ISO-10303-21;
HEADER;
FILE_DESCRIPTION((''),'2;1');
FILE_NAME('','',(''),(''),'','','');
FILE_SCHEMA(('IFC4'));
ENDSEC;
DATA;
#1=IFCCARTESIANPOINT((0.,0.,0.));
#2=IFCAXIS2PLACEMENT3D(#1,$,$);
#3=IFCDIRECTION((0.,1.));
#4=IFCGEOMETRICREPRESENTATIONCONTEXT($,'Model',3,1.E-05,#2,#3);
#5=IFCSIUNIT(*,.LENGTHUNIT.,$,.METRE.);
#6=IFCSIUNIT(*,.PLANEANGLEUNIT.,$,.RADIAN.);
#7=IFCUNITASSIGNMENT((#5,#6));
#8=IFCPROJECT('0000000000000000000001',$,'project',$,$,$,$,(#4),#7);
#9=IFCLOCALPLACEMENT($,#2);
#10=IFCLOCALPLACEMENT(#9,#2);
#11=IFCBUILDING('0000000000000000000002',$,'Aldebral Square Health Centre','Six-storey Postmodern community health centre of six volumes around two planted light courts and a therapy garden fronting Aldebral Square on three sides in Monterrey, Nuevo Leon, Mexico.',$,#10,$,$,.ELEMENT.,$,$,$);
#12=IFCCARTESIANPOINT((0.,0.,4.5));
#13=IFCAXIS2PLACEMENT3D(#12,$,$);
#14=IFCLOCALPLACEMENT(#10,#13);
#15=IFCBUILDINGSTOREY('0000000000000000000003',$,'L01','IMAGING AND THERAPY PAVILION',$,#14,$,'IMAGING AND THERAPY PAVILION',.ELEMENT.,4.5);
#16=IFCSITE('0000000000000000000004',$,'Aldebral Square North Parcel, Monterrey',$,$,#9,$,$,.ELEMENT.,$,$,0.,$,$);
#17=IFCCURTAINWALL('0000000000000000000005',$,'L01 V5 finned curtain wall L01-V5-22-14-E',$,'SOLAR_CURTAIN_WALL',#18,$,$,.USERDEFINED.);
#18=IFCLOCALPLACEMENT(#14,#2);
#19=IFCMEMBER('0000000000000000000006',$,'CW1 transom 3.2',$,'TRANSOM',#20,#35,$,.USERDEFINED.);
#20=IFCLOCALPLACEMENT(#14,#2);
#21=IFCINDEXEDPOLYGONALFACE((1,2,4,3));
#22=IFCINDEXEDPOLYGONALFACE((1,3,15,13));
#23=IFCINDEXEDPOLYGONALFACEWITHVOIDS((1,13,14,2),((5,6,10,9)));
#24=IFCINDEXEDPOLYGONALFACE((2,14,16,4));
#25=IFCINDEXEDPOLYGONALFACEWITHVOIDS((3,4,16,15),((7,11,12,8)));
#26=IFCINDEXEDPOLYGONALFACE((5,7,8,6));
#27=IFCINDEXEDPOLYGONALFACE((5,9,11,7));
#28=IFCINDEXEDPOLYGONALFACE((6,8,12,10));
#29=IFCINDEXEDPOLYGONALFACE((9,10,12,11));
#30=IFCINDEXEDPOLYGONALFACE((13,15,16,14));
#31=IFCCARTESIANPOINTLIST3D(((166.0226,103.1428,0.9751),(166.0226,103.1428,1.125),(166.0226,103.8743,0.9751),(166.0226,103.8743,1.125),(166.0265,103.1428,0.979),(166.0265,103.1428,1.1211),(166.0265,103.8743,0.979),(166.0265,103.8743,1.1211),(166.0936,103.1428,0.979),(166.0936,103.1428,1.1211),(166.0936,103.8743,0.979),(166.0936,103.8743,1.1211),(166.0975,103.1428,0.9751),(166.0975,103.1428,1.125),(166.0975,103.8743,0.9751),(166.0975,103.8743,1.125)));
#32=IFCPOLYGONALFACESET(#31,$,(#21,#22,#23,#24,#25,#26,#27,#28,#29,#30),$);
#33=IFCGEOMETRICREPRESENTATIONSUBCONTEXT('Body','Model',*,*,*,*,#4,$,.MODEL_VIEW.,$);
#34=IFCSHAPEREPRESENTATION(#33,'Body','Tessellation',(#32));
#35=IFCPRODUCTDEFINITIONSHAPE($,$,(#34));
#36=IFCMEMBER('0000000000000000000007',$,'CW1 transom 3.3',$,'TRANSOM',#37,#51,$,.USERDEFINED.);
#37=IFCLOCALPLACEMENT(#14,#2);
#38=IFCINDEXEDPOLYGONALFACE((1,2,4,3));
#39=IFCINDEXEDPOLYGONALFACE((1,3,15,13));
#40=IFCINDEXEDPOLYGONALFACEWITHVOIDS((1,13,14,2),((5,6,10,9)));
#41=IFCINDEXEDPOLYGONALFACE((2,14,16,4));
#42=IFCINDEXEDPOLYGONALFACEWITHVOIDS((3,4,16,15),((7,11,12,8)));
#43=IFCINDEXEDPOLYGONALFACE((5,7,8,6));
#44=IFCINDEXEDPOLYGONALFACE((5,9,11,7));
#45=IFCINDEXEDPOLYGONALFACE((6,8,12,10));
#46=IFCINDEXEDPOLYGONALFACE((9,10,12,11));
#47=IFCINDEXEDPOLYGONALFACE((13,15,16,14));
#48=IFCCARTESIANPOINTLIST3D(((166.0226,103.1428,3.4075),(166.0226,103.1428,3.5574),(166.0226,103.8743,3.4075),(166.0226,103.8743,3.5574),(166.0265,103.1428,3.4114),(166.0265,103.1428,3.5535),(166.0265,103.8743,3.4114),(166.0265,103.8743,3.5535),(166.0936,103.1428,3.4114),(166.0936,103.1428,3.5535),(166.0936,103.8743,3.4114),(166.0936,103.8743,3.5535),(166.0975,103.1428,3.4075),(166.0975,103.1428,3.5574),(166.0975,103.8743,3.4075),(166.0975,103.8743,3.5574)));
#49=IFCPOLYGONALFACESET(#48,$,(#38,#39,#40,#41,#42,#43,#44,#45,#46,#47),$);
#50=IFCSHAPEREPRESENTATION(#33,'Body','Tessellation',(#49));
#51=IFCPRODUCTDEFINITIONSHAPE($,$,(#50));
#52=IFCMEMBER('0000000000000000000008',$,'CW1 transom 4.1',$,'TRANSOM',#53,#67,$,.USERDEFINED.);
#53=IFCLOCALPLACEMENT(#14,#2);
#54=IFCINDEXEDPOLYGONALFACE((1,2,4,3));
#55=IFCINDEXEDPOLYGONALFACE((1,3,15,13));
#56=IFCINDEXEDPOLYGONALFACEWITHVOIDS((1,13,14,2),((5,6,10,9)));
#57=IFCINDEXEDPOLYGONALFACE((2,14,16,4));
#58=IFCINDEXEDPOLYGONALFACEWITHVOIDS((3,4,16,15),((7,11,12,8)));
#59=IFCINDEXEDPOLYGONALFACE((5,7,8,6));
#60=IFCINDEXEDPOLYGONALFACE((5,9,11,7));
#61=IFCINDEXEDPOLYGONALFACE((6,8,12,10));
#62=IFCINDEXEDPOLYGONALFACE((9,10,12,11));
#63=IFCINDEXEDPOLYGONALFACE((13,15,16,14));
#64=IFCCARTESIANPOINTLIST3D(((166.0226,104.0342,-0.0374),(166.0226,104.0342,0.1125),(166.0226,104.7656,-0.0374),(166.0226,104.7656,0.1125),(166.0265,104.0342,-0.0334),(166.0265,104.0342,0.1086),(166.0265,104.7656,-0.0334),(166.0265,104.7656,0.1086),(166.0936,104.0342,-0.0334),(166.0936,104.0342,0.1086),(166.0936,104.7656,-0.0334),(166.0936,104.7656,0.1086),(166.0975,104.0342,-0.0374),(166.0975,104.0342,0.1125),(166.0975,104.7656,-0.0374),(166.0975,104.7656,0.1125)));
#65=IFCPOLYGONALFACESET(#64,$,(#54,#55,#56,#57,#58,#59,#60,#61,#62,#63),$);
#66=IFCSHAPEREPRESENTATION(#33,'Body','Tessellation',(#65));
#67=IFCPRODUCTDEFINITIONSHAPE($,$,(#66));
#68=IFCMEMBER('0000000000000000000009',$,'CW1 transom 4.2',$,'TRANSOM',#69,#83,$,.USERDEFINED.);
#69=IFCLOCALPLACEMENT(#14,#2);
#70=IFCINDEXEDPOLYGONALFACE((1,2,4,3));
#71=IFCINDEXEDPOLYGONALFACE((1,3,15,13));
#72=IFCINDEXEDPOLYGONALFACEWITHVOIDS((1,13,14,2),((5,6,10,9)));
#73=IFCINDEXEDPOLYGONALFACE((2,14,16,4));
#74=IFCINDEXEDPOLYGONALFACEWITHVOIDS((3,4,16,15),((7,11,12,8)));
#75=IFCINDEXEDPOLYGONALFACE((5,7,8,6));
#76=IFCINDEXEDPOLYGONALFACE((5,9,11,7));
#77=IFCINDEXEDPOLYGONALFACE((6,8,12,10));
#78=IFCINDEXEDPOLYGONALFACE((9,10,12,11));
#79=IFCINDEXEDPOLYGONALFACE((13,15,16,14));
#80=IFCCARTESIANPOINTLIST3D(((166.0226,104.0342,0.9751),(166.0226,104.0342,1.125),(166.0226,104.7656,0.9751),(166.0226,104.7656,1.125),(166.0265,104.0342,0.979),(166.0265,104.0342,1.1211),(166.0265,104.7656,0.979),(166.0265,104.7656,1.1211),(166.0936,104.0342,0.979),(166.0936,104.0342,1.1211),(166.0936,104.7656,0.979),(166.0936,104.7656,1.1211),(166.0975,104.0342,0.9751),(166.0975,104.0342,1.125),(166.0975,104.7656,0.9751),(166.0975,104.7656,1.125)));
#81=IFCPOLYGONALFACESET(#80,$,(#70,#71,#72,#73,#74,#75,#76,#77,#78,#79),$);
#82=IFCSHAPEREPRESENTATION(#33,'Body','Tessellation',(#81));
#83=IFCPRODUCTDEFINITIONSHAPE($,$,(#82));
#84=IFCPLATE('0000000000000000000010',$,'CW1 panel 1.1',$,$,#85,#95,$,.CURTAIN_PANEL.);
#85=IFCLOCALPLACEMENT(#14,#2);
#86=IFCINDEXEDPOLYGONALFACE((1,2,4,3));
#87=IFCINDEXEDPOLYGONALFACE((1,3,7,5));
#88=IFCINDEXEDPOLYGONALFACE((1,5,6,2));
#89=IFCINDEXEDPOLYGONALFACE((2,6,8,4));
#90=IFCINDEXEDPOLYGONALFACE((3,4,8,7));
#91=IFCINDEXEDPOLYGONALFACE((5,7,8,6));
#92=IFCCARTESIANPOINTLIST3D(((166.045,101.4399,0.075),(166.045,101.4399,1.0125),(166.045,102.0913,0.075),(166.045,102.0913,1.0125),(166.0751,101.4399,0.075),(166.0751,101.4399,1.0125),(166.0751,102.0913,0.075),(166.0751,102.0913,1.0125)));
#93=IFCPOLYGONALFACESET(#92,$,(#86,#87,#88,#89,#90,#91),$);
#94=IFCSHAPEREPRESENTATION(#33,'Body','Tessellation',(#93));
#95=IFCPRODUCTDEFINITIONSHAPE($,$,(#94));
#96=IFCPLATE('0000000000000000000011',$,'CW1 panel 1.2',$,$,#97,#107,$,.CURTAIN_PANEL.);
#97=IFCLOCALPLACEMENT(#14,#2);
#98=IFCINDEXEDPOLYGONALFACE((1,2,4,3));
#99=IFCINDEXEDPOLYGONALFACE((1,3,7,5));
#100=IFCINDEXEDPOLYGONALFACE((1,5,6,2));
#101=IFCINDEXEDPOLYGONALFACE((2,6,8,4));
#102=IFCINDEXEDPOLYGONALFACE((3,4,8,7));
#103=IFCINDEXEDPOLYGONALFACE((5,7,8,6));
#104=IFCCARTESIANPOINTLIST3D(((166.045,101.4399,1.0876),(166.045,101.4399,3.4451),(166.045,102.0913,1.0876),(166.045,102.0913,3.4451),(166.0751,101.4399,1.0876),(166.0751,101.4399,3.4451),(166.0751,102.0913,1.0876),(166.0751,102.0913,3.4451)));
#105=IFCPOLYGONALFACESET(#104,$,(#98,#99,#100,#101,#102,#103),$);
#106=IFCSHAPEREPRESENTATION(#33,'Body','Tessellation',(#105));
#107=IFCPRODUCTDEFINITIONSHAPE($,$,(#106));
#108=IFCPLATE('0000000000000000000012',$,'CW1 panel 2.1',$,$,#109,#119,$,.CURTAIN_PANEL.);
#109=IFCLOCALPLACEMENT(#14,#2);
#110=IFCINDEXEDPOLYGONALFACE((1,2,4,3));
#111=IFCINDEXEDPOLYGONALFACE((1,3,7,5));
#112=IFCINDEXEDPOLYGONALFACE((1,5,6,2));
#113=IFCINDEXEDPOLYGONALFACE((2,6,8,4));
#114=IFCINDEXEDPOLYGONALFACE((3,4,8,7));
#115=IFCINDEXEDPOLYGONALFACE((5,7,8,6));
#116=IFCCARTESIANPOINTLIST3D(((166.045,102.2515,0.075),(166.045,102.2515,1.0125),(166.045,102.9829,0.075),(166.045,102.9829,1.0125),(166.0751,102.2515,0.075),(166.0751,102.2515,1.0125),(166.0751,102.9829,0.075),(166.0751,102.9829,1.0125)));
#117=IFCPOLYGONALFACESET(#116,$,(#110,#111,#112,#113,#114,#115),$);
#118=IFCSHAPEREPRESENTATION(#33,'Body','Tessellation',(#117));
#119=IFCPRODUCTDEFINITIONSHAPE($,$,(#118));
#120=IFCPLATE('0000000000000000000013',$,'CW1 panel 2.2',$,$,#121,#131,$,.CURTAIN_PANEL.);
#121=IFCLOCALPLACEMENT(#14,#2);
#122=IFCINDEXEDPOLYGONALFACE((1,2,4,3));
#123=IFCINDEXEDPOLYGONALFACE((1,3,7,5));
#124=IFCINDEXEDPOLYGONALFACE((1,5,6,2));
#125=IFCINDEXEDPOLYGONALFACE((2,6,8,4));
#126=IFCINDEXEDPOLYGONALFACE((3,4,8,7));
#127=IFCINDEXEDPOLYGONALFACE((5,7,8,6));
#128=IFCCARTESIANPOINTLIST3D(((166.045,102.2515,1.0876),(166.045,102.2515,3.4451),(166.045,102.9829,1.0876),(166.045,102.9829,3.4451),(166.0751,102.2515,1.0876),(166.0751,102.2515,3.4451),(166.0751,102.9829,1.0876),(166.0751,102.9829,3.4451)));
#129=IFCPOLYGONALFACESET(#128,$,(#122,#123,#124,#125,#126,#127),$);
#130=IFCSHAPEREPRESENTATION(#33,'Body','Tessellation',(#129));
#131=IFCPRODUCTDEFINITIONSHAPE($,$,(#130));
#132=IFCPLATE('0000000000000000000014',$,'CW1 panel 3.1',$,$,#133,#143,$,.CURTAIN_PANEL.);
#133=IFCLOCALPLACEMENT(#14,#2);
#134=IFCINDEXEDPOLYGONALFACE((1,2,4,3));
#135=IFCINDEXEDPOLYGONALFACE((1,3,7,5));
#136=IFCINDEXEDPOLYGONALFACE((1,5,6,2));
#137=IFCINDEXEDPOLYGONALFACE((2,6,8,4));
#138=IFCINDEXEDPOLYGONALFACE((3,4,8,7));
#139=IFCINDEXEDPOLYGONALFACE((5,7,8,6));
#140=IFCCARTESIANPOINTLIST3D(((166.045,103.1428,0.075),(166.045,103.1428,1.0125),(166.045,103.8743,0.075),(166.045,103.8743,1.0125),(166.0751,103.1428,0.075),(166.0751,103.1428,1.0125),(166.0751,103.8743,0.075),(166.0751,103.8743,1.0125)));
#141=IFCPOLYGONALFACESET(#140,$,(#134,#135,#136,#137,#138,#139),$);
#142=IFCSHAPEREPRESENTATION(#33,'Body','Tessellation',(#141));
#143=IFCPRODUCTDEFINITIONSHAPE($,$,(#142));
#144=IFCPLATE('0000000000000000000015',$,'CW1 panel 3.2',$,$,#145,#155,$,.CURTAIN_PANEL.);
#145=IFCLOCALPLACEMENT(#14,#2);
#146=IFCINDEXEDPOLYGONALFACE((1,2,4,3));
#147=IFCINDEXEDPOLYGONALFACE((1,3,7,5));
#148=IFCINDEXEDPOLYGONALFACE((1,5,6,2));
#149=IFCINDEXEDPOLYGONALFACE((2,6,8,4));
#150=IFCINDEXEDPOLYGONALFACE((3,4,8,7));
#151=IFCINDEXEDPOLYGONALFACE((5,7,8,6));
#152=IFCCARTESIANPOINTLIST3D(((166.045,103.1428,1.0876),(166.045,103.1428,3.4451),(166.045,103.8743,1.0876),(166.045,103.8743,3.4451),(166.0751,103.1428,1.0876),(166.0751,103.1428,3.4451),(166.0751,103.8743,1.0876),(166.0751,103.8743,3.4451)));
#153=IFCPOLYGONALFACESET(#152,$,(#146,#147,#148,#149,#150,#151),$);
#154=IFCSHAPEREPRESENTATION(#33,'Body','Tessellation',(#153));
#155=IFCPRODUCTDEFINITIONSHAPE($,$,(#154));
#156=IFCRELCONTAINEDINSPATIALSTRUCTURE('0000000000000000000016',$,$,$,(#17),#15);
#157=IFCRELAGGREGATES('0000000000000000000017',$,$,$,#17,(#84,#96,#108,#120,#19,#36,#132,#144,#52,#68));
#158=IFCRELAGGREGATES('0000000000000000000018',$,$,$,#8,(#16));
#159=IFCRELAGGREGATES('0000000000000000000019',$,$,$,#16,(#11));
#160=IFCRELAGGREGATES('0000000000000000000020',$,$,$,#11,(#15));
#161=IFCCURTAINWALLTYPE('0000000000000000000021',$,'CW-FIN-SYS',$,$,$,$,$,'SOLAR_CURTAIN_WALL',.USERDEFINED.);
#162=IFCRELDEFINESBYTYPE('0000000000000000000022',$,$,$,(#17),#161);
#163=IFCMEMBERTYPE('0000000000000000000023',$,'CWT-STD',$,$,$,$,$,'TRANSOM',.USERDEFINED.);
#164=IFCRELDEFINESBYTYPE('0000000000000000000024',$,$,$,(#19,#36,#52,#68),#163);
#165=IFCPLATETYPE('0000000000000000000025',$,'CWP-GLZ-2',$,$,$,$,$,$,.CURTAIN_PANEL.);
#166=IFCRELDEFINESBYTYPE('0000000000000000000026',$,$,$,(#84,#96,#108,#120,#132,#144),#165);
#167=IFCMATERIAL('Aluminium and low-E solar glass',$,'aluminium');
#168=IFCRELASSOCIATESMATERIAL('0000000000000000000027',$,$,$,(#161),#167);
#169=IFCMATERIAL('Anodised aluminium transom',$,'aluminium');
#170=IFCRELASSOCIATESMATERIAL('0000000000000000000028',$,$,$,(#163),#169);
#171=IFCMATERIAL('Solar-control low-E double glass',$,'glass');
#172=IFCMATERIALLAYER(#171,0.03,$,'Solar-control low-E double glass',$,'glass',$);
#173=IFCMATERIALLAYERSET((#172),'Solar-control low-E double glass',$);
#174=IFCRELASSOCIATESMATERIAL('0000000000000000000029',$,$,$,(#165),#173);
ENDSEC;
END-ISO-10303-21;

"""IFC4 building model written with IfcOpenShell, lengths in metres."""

from ifc_helpers import new_model, si_unit, direction, frame, origin, origin_2d, place, context, subcontext, project, spatial, rectangle, hollow_rectangle, extrude, material, layer, layer_set, material_profile, profile_set, type_object, element, aggregate, save


model = new_model("IFC4")

# Units and contexts
model_context = context("Model", 3, precision=1e-05, world=origin(), true_north=direction((0.0, 1.0)))
body_context = subcontext(model_context, "Body", "Model", "MODEL_VIEW")
ifc_project = project(units=[si_unit("LENGTHUNIT", "METRE"), si_unit("PLANEANGLEUNIT", "RADIAN")], contexts=[model_context])

# Site, building, storey
site_placement = place(None, origin())
site = spatial("IfcSite", under=ifc_project, at=site_placement, Name="Aldebral Square North Parcel, Monterrey", CompositionType="ELEMENT", RefElevation=0.0)
building_placement = place(site_placement, origin())
building = spatial("IfcBuilding", under=site, at=building_placement, Name="Aldebral Square Health Centre", Description="Six-storey Postmodern community health centre of six volumes around two planted light courts and a therapy garden fronting Aldebral Square on three sides in Monterrey, Nuevo Leon, Mexico.", CompositionType="ELEMENT")
storey_placement = place(building_placement, frame((0.0, 0.0, 4.5)))
storey = spatial("IfcBuildingStorey", under=building, at=storey_placement, Name="L01", Description="IMAGING AND THERAPY PAVILION", LongName="IMAGING AND THERAPY PAVILION", CompositionType="ELEMENT", Elevation=4.5)

# Curtain wall, members, plates
ifc_material_1 = material(Name="Aluminium and low-E solar glass", Category="aluminium")
curtain_wall_type = type_object("IfcCurtainWallType", Name="CW-FIN-SYS", ElementType="SOLAR_CURTAIN_WALL", PredefinedType="USERDEFINED", material=ifc_material_1)
curtain_wall_placement = place(storey_placement, origin())
curtain_wall = element("IfcCurtainWall", 1, at=curtain_wall_placement, inside=storey, type_object=curtain_wall_type, Name="L01 V5 finned curtain wall L01-V5-22-14-E", ObjectType="SOLAR_CURTAIN_WALL", PredefinedType="USERDEFINED")
ifc_material_2 = material(Name="Anodised aluminium transom", Category="aluminium")
ifc_material_profile_1 = material_profile(ifc_material_2, hollow_rectangle(XDim=0.075, YDim=0.1499, WallThickness=0.0039, at=origin_2d()), Name="CWT 75x150x4")
ifc_profile_set_1 = profile_set([ifc_material_profile_1], Name="Anodised aluminium transom")
member_type_1 = type_object("IfcMemberType", Name="CWT-STD", ElementType="TRANSOM", PredefinedType="USERDEFINED", material=ifc_profile_set_1)
member_1_placement = place(storey_placement, frame((166.0601, 103.1428, 1.05), z_axis=(0.0, 1.0, 0.0), x_axis=(-1.0, 0.0, 0.0)))
member_1 = element("IfcMember", 2, at=member_1_placement, type_object=member_type_1, Name="CW1 transom 3.2", ObjectType="TRANSOM", PredefinedType="USERDEFINED", context=body_context, shape_type="SweptSolid", body=[
    extrude(hollow_rectangle(XDim=0.075, YDim=0.1499, WallThickness=0.0039, at=origin_2d()), origin(), (0.0, 0.0, 1.0), 0.7314),
])
member_2_placement = place(storey_placement, frame((166.0601, 103.1428, 3.4824), z_axis=(0.0, 1.0, 0.0), x_axis=(-1.0, 0.0, 0.0)))
member_2 = element("IfcMember", 3, at=member_2_placement, type_object=member_type_1, Name="CW1 transom 3.3", ObjectType="TRANSOM", PredefinedType="USERDEFINED", context=body_context, shape_type="SweptSolid", body=[
    extrude(hollow_rectangle(XDim=0.075, YDim=0.1499, WallThickness=0.0039, at=origin_2d()), origin(), (0.0, 0.0, 1.0), 0.7314),
])
member_3_placement = place(storey_placement, frame((166.0601, 104.0342, 0.0376), z_axis=(0.0, 1.0, 0.0), x_axis=(-1.0, 0.0, 0.0)))
member_3 = element("IfcMember", 4, at=member_3_placement, type_object=member_type_1, Name="CW1 transom 4.1", ObjectType="TRANSOM", PredefinedType="USERDEFINED", context=body_context, shape_type="SweptSolid", body=[
    extrude(hollow_rectangle(XDim=0.075, YDim=0.1499, WallThickness=0.0039, at=origin_2d()), origin(), (0.0, 0.0, 1.0), 0.7314),
])
member_4_placement = place(storey_placement, frame((166.0601, 104.0342, 1.05), z_axis=(0.0, 1.0, 0.0), x_axis=(-1.0, 0.0, 0.0)))
member_4 = element("IfcMember", 5, at=member_4_placement, type_object=member_type_1, Name="CW1 transom 4.2", ObjectType="TRANSOM", PredefinedType="USERDEFINED", context=body_context, shape_type="SweptSolid", body=[
    extrude(hollow_rectangle(XDim=0.075, YDim=0.1499, WallThickness=0.0039, at=origin_2d()), origin(), (0.0, 0.0, 1.0), 0.7314),
])
ifc_material_3 = material(Name="Solar-control low-E double glass", Category="glass")
ifc_layer = layer(ifc_material_3, 0.03, Name="Solar-control low-E double glass", Category="glass")
ifc_layer_set = layer_set([ifc_layer], Name="Solar-control low-E double glass")
plate_type = type_object("IfcPlateType", Name="CWP-GLZ-2", PredefinedType="CURTAIN_PANEL", material=ifc_layer_set)
plate_1_placement = place(storey_placement, frame((166.0601, 101.7656, 0.075), z_axis=(0.0, 0.0, 1.0), x_axis=(0.0, 1.0, 0.0)))
plate_1 = element("IfcPlate", 6, at=plate_1_placement, type_object=plate_type, Name="CW1 panel 1.1", PredefinedType="CURTAIN_PANEL", context=body_context, shape_type="SweptSolid", body=[
    extrude(rectangle(XDim=0.6514, YDim=0.03, at=origin_2d()), origin(), (0.0, 0.0, 1.0), 0.9375),
])
plate_2_placement = place(storey_placement, frame((166.0601, 101.7656, 1.0876), z_axis=(0.0, 0.0, 1.0), x_axis=(0.0, 1.0, 0.0)))
plate_2 = element("IfcPlate", 7, at=plate_2_placement, type_object=plate_type, Name="CW1 panel 1.2", PredefinedType="CURTAIN_PANEL", context=body_context, shape_type="SweptSolid", body=[
    extrude(rectangle(XDim=0.6514, YDim=0.03, at=origin_2d()), origin(), (0.0, 0.0, 1.0), 2.3574),
])
plate_3_placement = place(storey_placement, frame((166.0601, 102.6172, 0.075), z_axis=(0.0, 0.0, 1.0), x_axis=(0.0, 1.0, 0.0)))
plate_3 = element("IfcPlate", 8, at=plate_3_placement, type_object=plate_type, Name="CW1 panel 2.1", PredefinedType="CURTAIN_PANEL", context=body_context, shape_type="SweptSolid", body=[
    extrude(rectangle(XDim=0.7314, YDim=0.03, at=origin_2d()), origin(), (0.0, 0.0, 1.0), 0.9375),
])
plate_4_placement = place(storey_placement, frame((166.0601, 102.6172, 1.0876), z_axis=(0.0, 0.0, 1.0), x_axis=(0.0, 1.0, 0.0)))
plate_4 = element("IfcPlate", 9, at=plate_4_placement, type_object=plate_type, Name="CW1 panel 2.2", PredefinedType="CURTAIN_PANEL", context=body_context, shape_type="SweptSolid", body=[
    extrude(rectangle(XDim=0.7314, YDim=0.03, at=origin_2d()), origin(), (0.0, 0.0, 1.0), 2.3574),
])
plate_5_placement = place(storey_placement, frame((166.0601, 103.5085, 0.075), z_axis=(0.0, 0.0, 1.0), x_axis=(0.0, 1.0, 0.0)))
plate_5 = element("IfcPlate", 10, at=plate_5_placement, type_object=plate_type, Name="CW1 panel 3.1", PredefinedType="CURTAIN_PANEL", context=body_context, shape_type="SweptSolid", body=[
    extrude(rectangle(XDim=0.7314, YDim=0.03, at=origin_2d()), origin(), (0.0, 0.0, 1.0), 0.9375),
])
plate_6_placement = place(storey_placement, frame((166.0601, 103.5085, 1.0876), z_axis=(0.0, 0.0, 1.0), x_axis=(0.0, 1.0, 0.0)))
plate_6 = element("IfcPlate", 11, at=plate_6_placement, type_object=plate_type, Name="CW1 panel 3.2", PredefinedType="CURTAIN_PANEL", context=body_context, shape_type="SweptSolid", body=[
    extrude(rectangle(XDim=0.7314, YDim=0.03, at=origin_2d()), origin(), (0.0, 0.0, 1.0), 2.3574),
])
aggregate(curtain_wall, [plate_1, plate_2, plate_3, plate_4, member_1, member_2, plate_5, plate_6, member_3, member_4])

save(model, "model.ifc")
